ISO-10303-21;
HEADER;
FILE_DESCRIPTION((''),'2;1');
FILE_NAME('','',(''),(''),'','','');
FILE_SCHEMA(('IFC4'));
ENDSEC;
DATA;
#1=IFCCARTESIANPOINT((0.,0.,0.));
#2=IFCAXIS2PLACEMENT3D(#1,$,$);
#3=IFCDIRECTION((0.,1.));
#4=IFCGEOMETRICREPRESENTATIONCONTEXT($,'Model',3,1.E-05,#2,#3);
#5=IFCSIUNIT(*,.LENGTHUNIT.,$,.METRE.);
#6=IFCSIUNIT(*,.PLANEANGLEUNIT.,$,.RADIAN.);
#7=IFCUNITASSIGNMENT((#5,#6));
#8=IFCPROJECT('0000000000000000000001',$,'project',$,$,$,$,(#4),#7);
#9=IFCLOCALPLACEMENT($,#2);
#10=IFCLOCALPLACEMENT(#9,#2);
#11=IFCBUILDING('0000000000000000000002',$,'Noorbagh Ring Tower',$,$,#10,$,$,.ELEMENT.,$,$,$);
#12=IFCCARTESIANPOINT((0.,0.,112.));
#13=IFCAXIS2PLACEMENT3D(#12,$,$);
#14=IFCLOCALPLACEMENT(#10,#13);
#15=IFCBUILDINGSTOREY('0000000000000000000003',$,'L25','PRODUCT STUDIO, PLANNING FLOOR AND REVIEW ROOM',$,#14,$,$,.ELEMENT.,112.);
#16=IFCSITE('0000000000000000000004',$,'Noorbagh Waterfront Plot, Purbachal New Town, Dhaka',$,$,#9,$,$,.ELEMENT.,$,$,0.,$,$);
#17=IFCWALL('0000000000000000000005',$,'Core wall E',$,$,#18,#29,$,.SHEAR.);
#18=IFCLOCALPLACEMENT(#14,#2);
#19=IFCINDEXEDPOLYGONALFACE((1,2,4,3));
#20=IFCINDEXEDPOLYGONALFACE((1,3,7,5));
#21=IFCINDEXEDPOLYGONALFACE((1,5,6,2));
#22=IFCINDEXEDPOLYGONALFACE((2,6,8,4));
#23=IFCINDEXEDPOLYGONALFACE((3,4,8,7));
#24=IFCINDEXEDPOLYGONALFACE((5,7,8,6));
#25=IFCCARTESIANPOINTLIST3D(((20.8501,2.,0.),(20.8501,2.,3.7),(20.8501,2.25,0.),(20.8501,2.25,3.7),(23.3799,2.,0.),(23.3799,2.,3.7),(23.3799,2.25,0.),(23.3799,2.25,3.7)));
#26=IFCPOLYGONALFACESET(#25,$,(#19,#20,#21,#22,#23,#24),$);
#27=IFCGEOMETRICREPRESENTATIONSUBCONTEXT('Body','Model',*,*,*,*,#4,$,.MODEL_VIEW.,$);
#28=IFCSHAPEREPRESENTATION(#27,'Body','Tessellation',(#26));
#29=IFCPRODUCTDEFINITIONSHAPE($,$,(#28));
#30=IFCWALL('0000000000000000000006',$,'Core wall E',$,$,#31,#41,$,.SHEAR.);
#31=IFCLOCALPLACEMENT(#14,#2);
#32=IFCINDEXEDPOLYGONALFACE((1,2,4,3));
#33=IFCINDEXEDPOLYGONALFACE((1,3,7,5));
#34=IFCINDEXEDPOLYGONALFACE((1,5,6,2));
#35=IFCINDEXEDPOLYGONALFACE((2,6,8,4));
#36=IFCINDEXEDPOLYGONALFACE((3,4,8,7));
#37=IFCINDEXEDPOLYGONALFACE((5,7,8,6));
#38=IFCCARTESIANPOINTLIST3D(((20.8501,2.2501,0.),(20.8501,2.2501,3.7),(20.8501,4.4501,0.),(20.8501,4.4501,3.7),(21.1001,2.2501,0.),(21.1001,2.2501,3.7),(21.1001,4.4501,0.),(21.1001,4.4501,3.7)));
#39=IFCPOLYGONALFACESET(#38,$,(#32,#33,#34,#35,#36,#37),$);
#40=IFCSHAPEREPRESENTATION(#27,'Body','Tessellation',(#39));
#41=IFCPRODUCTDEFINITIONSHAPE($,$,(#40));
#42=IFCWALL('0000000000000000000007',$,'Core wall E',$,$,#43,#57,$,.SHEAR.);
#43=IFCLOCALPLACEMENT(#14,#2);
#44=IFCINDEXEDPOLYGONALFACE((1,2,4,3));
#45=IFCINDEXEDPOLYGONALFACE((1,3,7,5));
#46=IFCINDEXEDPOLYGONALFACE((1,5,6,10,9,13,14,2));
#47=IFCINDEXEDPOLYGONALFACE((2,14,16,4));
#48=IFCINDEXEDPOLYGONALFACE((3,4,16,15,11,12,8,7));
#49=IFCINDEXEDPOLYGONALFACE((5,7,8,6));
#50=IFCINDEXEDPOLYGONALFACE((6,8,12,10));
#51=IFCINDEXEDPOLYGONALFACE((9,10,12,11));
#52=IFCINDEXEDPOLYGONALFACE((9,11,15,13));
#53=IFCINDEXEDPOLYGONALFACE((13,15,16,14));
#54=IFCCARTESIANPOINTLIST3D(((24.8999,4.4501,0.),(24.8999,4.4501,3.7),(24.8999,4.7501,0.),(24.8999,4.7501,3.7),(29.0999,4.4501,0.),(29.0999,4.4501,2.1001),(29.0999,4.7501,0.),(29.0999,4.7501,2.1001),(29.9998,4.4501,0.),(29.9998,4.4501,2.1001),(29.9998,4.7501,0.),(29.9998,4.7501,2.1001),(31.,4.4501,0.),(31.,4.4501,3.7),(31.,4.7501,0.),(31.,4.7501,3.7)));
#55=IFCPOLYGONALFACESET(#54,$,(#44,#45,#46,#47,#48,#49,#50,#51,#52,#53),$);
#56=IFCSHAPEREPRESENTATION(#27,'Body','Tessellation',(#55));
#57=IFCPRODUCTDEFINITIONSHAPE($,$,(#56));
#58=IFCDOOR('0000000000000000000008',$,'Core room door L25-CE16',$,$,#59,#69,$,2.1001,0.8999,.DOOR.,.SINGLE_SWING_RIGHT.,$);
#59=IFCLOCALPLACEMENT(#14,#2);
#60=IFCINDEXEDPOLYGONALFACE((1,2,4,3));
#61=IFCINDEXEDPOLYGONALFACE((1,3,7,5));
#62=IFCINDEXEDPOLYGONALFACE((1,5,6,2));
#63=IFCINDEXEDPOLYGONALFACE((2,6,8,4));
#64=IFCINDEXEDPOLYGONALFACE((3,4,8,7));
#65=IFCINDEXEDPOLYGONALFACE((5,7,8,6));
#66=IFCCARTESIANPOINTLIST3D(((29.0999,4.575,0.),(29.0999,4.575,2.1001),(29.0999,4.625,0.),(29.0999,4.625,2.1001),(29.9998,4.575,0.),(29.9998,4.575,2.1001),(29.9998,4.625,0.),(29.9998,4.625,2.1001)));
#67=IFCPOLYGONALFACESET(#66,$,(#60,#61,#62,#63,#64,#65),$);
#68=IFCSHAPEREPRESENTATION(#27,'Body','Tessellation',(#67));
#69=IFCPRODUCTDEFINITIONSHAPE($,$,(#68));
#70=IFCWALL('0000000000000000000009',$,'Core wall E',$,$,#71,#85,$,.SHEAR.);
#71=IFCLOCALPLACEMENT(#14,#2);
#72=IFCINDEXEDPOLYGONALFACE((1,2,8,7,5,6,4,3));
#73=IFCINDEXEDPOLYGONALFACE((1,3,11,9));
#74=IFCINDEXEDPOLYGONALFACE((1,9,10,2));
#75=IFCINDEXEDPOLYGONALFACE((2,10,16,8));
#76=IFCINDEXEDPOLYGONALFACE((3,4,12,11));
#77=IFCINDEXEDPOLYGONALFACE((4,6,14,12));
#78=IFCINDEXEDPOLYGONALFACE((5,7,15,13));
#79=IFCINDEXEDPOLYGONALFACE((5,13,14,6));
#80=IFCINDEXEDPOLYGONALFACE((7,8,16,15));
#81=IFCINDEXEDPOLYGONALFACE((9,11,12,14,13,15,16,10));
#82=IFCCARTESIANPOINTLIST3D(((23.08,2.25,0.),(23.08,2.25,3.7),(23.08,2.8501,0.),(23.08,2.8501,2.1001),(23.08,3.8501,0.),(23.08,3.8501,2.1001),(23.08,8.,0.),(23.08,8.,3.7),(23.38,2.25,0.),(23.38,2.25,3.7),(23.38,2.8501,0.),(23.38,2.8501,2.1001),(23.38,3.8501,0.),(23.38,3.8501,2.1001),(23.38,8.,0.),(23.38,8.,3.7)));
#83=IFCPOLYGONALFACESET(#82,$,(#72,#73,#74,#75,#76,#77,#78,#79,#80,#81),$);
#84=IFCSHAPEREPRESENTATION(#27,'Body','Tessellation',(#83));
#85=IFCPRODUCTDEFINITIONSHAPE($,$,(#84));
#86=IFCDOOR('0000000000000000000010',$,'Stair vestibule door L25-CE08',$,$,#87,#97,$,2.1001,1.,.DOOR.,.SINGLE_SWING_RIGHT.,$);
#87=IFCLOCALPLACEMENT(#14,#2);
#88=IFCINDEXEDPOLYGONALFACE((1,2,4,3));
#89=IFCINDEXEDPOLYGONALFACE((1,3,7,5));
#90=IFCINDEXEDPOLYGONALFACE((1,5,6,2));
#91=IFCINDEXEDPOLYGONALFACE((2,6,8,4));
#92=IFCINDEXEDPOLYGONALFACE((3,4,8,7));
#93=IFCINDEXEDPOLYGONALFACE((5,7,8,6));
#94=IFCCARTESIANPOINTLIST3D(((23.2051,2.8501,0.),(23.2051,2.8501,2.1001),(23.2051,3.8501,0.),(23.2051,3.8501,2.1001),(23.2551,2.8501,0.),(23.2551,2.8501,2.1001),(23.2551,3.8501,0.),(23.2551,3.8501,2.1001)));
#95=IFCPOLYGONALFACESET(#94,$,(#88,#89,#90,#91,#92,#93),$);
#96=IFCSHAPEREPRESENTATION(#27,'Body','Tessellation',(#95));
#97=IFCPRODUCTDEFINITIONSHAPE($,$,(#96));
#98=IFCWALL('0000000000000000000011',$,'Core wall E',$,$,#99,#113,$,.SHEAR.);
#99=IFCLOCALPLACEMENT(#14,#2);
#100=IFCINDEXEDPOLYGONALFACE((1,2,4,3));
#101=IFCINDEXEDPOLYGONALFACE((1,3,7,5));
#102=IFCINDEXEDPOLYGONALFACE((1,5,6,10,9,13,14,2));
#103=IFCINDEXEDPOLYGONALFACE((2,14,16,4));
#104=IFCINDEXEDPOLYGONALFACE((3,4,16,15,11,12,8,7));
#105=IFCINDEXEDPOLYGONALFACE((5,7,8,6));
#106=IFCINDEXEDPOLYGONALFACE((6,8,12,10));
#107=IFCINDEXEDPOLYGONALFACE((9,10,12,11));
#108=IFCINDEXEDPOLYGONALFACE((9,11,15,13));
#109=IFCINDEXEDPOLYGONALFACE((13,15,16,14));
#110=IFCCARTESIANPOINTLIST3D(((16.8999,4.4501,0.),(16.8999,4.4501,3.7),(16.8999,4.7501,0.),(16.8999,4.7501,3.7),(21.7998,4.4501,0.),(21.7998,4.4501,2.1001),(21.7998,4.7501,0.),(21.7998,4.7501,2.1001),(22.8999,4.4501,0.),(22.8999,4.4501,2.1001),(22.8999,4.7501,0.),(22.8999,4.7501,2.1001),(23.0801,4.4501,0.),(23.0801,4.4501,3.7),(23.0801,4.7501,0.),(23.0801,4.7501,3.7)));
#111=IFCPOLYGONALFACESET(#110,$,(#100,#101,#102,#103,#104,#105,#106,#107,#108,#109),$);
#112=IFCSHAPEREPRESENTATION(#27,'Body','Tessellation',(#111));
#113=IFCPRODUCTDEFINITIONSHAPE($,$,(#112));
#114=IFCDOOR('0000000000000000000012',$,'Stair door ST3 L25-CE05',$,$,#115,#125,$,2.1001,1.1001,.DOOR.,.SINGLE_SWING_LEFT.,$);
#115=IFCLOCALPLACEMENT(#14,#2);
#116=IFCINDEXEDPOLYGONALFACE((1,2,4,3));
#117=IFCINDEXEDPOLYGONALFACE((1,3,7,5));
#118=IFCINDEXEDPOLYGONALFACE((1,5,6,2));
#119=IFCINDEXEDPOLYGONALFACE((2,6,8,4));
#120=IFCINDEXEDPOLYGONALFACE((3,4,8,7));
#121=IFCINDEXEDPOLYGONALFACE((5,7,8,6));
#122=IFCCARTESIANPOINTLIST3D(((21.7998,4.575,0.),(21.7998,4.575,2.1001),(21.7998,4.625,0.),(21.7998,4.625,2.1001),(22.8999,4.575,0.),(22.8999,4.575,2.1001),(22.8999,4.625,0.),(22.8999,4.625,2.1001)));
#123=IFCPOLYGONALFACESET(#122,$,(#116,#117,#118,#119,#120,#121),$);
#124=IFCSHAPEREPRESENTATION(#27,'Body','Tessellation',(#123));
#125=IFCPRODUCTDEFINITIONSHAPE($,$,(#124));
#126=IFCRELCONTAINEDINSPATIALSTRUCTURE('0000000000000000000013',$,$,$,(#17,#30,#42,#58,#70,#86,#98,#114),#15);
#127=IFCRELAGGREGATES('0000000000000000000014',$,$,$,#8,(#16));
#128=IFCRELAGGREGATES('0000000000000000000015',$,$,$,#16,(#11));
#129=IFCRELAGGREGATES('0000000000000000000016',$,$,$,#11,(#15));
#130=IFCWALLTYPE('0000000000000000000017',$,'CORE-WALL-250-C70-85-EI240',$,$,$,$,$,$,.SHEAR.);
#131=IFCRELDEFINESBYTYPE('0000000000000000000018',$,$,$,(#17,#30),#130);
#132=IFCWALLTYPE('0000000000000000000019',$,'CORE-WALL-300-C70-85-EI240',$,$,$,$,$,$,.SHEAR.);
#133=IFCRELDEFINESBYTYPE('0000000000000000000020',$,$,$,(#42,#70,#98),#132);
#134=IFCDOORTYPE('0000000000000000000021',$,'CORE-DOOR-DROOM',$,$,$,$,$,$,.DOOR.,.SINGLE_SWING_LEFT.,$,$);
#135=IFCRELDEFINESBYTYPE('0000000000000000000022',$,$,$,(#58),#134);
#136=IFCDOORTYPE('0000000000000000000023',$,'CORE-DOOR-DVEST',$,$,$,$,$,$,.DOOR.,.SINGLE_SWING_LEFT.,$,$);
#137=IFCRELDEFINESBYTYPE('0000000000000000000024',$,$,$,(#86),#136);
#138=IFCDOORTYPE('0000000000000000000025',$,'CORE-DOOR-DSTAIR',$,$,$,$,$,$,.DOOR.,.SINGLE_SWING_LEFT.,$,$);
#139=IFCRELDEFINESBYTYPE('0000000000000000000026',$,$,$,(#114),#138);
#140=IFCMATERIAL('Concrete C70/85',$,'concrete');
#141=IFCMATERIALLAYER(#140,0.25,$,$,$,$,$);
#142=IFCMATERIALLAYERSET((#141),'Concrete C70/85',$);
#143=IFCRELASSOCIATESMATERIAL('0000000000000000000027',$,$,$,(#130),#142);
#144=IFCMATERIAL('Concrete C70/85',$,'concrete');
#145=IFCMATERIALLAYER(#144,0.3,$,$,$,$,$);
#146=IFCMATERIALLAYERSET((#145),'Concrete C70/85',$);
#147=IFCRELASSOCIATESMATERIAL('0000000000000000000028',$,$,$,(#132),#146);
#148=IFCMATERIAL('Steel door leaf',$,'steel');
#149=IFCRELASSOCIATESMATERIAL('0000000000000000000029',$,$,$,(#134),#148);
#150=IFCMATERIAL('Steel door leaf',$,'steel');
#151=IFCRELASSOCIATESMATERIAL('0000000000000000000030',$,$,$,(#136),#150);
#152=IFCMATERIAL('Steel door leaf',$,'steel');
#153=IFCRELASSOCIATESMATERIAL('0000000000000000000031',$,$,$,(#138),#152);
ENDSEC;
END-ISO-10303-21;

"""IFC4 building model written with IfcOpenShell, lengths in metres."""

from ifc_helpers import new_model, si_unit, direction, frame, frame_2d, origin, place, context, subcontext, project, spatial, rectangle, extrude, material, layer, layer_set, type_object, element, fill, save


model = new_model("IFC4")

# Units and contexts
model_context = context("Model", 3, precision=1e-05, world=origin(), true_north=direction((0.0, 1.0)))
body_context = subcontext(model_context, "Body", "Model", "MODEL_VIEW")
ifc_project = project(units=[si_unit("LENGTHUNIT", "METRE"), si_unit("PLANEANGLEUNIT", "RADIAN")], contexts=[model_context])

# Site, building, storey
site_placement = place(None, origin())
site = spatial("IfcSite", under=ifc_project, at=site_placement, Name="Noorbagh Waterfront Plot, Purbachal New Town, Dhaka", CompositionType="ELEMENT", RefElevation=0.0)
building_placement = place(site_placement, origin())
building = spatial("IfcBuilding", under=site, at=building_placement, Name="Noorbagh Ring Tower", CompositionType="ELEMENT")
storey_placement = place(building_placement, frame((0.0, 0.0, 112.0)))
storey = spatial("IfcBuildingStorey", under=building, at=storey_placement, Name="L25", Description="PRODUCT STUDIO, PLANNING FLOOR AND REVIEW ROOM", CompositionType="ELEMENT", Elevation=112.0)

# Walls
ifc_material_1 = material(Name="Concrete C70/85", Category="concrete")
ifc_layer_1 = layer(ifc_material_1, 0.25)
ifc_layer_set_1 = layer_set([ifc_layer_1], Name="Concrete C70/85")
wall_type_1 = type_object("IfcWallType", Name="CORE-WALL-250-C70-85-EI240", PredefinedType="SHEAR", material=ifc_layer_set_1)
wall_1_placement = place(storey_placement, frame((20.8501, 2.125, 0.0), z_axis=(0.0, 0.0, 1.0), x_axis=(1.0, 0.0, 0.0)))
element("IfcWall", 1, at=wall_1_placement, inside=storey, type_object=wall_type_1, Name="Core wall E", PredefinedType="SHEAR", context=body_context, shape_type="SweptSolid", body=[
    extrude(rectangle(XDim=2.5298, YDim=0.25, at=frame_2d((1.2649, 0.0))), origin(), (0.0, 0.0, 1.0), 3.7),
])
wall_2_placement = place(storey_placement, frame((20.9751, 2.25, 0.0), z_axis=(0.0, 0.0, 1.0), x_axis=(0.0, 1.0, 0.0)))
element("IfcWall", 2, at=wall_2_placement, inside=storey, type_object=wall_type_1, Name="Core wall E", PredefinedType="SHEAR", context=body_context, shape_type="SweptSolid", body=[
    extrude(rectangle(XDim=2.2, YDim=0.25, at=frame_2d((1.1001, 0.0))), origin(), (0.0, 0.0, 1.0), 3.7),
])

# Walls, openings, doors
ifc_material_2 = material(Name="Concrete C70/85", Category="concrete")
ifc_layer_2 = layer(ifc_material_2, 0.3)
ifc_layer_set_2 = layer_set([ifc_layer_2], Name="Concrete C70/85")
wall_type_2 = type_object("IfcWallType", Name="CORE-WALL-300-C70-85-EI240", PredefinedType="SHEAR", material=ifc_layer_set_2)
wall_3_placement = place(storey_placement, frame((24.8999, 4.6001, 0.0), z_axis=(0.0, 0.0, 1.0), x_axis=(1.0, 0.0, 0.0)))
wall_3 = element("IfcWall", 3, at=wall_3_placement, inside=storey, type_object=wall_type_2, Name="Core wall E", PredefinedType="SHEAR", context=body_context, shape_type="SweptSolid", body=[
    extrude(rectangle(XDim=6.1001, YDim=0.3, at=frame_2d((3.05, 0.0))), origin(), (0.0, 0.0, 1.0), 3.7),
])
opening_1_placement = place(wall_3_placement, frame((4.2, 0.0, 0.0)))
opening_1 = element("IfcOpeningElement", 4, at=opening_1_placement, cuts=wall_3, PredefinedType="OPENING", context=body_context, shape_type="SweptSolid", body=[
    extrude(rectangle(XDim=0.8999, YDim=2.1001, at=frame_2d((0.45, 1.05))), frame((0.0, 0.1602, 0.0), z_axis=(0.0, -1.0, 0.0), x_axis=(1.0, 0.0, 0.0)), (0.0, 0.0, 1.0), 0.3201),
])
ifc_material_3 = material(Name="Steel door leaf", Category="steel")
door_type_1 = type_object("IfcDoorType", Name="CORE-DOOR-DROOM", OperationType="SINGLE_SWING_LEFT", PredefinedType="DOOR", material=ifc_material_3)
door_1_placement = place(opening_1_placement, origin())
door_1 = element("IfcDoor", 5, at=door_1_placement, inside=storey, type_object=door_type_1, Name="Core room door L25-CE16", OperationType="SINGLE_SWING_RIGHT", OverallHeight=2.1001, OverallWidth=0.8999, PredefinedType="DOOR", context=body_context, shape_type="SweptSolid", body=[
    extrude(rectangle(XDim=0.8999, YDim=2.1001, at=frame_2d((0.45, 1.05))), frame((0.0, 0.0249, 0.0), z_axis=(0.0, -1.0, 0.0), x_axis=(1.0, 0.0, 0.0)), (0.0, 0.0, 1.0), 0.05),
])
fill(opening_1, door_1)
wall_4_placement = place(storey_placement, frame((23.23, 2.25, 0.0), z_axis=(0.0, 0.0, 1.0), x_axis=(0.0, 1.0, 0.0)))
wall_4 = element("IfcWall", 6, at=wall_4_placement, inside=storey, type_object=wall_type_2, Name="Core wall E", PredefinedType="SHEAR", context=body_context, shape_type="SweptSolid", body=[
    extrude(rectangle(XDim=5.75, YDim=0.3, at=frame_2d((2.875, 0.0))), origin(), (0.0, 0.0, 1.0), 3.7),
])
opening_2_placement = place(wall_4_placement, frame((0.6001, 0.0, 0.0)))
opening_2 = element("IfcOpeningElement", 7, at=opening_2_placement, cuts=wall_4, PredefinedType="OPENING", context=body_context, shape_type="SweptSolid", body=[
    extrude(rectangle(XDim=1.0, YDim=2.1001, at=frame_2d((0.5, 1.05))), frame((0.0, 0.1602, 0.0), z_axis=(0.0, -1.0, 0.0), x_axis=(1.0, 0.0, 0.0)), (0.0, 0.0, 1.0), 0.3201),
])
ifc_material_4 = material(Name="Steel door leaf", Category="steel")
door_type_2 = type_object("IfcDoorType", Name="CORE-DOOR-DVEST", OperationType="SINGLE_SWING_LEFT", PredefinedType="DOOR", material=ifc_material_4)
door_2_placement = place(opening_2_placement, origin())
door_2 = element("IfcDoor", 8, at=door_2_placement, inside=storey, type_object=door_type_2, Name="Stair vestibule door L25-CE08", OperationType="SINGLE_SWING_RIGHT", OverallHeight=2.1001, OverallWidth=1.0, PredefinedType="DOOR", context=body_context, shape_type="SweptSolid", body=[
    extrude(rectangle(XDim=1.0, YDim=2.1001, at=frame_2d((0.5, 1.05))), frame((0.0, 0.0249, 0.0), z_axis=(0.0, -1.0, 0.0), x_axis=(1.0, 0.0, 0.0)), (0.0, 0.0, 1.0), 0.05),
])
fill(opening_2, door_2)
wall_5_placement = place(storey_placement, frame((16.8999, 4.6001, 0.0), z_axis=(0.0, 0.0, 1.0), x_axis=(1.0, 0.0, 0.0)))
wall_5 = element("IfcWall", 9, at=wall_5_placement, inside=storey, type_object=wall_type_2, Name="Core wall E", PredefinedType="SHEAR", context=body_context, shape_type="SweptSolid", body=[
    extrude(rectangle(XDim=6.1802, YDim=0.3, at=frame_2d((3.0901, 0.0))), origin(), (0.0, 0.0, 1.0), 3.7),
])
opening_3_placement = place(wall_5_placement, frame((4.8999, 0.0, 0.0)))
opening_3 = element("IfcOpeningElement", 10, at=opening_3_placement, cuts=wall_5, PredefinedType="OPENING", context=body_context, shape_type="SweptSolid", body=[
    extrude(rectangle(XDim=1.1001, YDim=2.1001, at=frame_2d((0.55, 1.05))), frame((0.0, 0.1602, 0.0), z_axis=(0.0, -1.0, 0.0), x_axis=(1.0, 0.0, 0.0)), (0.0, 0.0, 1.0), 0.3201),
])
ifc_material_5 = material(Name="Steel door leaf", Category="steel")
door_type_3 = type_object("IfcDoorType", Name="CORE-DOOR-DSTAIR", OperationType="SINGLE_SWING_LEFT", PredefinedType="DOOR", material=ifc_material_5)
door_3_placement = place(opening_3_placement, origin())
door_3 = element("IfcDoor", 11, at=door_3_placement, inside=storey, type_object=door_type_3, Name="Stair door ST3 L25-CE05", OperationType="SINGLE_SWING_LEFT", OverallHeight=2.1001, OverallWidth=1.1001, PredefinedType="DOOR", context=body_context, shape_type="SweptSolid", body=[
    extrude(rectangle(XDim=1.1001, YDim=2.1001, at=frame_2d((0.55, 1.05))), frame((0.0, 0.0249, 0.0), z_axis=(0.0, -1.0, 0.0), x_axis=(1.0, 0.0, 0.0)), (0.0, 0.0, 1.0), 0.05),
])
fill(opening_3, door_3)

save(model, "model.ifc")
